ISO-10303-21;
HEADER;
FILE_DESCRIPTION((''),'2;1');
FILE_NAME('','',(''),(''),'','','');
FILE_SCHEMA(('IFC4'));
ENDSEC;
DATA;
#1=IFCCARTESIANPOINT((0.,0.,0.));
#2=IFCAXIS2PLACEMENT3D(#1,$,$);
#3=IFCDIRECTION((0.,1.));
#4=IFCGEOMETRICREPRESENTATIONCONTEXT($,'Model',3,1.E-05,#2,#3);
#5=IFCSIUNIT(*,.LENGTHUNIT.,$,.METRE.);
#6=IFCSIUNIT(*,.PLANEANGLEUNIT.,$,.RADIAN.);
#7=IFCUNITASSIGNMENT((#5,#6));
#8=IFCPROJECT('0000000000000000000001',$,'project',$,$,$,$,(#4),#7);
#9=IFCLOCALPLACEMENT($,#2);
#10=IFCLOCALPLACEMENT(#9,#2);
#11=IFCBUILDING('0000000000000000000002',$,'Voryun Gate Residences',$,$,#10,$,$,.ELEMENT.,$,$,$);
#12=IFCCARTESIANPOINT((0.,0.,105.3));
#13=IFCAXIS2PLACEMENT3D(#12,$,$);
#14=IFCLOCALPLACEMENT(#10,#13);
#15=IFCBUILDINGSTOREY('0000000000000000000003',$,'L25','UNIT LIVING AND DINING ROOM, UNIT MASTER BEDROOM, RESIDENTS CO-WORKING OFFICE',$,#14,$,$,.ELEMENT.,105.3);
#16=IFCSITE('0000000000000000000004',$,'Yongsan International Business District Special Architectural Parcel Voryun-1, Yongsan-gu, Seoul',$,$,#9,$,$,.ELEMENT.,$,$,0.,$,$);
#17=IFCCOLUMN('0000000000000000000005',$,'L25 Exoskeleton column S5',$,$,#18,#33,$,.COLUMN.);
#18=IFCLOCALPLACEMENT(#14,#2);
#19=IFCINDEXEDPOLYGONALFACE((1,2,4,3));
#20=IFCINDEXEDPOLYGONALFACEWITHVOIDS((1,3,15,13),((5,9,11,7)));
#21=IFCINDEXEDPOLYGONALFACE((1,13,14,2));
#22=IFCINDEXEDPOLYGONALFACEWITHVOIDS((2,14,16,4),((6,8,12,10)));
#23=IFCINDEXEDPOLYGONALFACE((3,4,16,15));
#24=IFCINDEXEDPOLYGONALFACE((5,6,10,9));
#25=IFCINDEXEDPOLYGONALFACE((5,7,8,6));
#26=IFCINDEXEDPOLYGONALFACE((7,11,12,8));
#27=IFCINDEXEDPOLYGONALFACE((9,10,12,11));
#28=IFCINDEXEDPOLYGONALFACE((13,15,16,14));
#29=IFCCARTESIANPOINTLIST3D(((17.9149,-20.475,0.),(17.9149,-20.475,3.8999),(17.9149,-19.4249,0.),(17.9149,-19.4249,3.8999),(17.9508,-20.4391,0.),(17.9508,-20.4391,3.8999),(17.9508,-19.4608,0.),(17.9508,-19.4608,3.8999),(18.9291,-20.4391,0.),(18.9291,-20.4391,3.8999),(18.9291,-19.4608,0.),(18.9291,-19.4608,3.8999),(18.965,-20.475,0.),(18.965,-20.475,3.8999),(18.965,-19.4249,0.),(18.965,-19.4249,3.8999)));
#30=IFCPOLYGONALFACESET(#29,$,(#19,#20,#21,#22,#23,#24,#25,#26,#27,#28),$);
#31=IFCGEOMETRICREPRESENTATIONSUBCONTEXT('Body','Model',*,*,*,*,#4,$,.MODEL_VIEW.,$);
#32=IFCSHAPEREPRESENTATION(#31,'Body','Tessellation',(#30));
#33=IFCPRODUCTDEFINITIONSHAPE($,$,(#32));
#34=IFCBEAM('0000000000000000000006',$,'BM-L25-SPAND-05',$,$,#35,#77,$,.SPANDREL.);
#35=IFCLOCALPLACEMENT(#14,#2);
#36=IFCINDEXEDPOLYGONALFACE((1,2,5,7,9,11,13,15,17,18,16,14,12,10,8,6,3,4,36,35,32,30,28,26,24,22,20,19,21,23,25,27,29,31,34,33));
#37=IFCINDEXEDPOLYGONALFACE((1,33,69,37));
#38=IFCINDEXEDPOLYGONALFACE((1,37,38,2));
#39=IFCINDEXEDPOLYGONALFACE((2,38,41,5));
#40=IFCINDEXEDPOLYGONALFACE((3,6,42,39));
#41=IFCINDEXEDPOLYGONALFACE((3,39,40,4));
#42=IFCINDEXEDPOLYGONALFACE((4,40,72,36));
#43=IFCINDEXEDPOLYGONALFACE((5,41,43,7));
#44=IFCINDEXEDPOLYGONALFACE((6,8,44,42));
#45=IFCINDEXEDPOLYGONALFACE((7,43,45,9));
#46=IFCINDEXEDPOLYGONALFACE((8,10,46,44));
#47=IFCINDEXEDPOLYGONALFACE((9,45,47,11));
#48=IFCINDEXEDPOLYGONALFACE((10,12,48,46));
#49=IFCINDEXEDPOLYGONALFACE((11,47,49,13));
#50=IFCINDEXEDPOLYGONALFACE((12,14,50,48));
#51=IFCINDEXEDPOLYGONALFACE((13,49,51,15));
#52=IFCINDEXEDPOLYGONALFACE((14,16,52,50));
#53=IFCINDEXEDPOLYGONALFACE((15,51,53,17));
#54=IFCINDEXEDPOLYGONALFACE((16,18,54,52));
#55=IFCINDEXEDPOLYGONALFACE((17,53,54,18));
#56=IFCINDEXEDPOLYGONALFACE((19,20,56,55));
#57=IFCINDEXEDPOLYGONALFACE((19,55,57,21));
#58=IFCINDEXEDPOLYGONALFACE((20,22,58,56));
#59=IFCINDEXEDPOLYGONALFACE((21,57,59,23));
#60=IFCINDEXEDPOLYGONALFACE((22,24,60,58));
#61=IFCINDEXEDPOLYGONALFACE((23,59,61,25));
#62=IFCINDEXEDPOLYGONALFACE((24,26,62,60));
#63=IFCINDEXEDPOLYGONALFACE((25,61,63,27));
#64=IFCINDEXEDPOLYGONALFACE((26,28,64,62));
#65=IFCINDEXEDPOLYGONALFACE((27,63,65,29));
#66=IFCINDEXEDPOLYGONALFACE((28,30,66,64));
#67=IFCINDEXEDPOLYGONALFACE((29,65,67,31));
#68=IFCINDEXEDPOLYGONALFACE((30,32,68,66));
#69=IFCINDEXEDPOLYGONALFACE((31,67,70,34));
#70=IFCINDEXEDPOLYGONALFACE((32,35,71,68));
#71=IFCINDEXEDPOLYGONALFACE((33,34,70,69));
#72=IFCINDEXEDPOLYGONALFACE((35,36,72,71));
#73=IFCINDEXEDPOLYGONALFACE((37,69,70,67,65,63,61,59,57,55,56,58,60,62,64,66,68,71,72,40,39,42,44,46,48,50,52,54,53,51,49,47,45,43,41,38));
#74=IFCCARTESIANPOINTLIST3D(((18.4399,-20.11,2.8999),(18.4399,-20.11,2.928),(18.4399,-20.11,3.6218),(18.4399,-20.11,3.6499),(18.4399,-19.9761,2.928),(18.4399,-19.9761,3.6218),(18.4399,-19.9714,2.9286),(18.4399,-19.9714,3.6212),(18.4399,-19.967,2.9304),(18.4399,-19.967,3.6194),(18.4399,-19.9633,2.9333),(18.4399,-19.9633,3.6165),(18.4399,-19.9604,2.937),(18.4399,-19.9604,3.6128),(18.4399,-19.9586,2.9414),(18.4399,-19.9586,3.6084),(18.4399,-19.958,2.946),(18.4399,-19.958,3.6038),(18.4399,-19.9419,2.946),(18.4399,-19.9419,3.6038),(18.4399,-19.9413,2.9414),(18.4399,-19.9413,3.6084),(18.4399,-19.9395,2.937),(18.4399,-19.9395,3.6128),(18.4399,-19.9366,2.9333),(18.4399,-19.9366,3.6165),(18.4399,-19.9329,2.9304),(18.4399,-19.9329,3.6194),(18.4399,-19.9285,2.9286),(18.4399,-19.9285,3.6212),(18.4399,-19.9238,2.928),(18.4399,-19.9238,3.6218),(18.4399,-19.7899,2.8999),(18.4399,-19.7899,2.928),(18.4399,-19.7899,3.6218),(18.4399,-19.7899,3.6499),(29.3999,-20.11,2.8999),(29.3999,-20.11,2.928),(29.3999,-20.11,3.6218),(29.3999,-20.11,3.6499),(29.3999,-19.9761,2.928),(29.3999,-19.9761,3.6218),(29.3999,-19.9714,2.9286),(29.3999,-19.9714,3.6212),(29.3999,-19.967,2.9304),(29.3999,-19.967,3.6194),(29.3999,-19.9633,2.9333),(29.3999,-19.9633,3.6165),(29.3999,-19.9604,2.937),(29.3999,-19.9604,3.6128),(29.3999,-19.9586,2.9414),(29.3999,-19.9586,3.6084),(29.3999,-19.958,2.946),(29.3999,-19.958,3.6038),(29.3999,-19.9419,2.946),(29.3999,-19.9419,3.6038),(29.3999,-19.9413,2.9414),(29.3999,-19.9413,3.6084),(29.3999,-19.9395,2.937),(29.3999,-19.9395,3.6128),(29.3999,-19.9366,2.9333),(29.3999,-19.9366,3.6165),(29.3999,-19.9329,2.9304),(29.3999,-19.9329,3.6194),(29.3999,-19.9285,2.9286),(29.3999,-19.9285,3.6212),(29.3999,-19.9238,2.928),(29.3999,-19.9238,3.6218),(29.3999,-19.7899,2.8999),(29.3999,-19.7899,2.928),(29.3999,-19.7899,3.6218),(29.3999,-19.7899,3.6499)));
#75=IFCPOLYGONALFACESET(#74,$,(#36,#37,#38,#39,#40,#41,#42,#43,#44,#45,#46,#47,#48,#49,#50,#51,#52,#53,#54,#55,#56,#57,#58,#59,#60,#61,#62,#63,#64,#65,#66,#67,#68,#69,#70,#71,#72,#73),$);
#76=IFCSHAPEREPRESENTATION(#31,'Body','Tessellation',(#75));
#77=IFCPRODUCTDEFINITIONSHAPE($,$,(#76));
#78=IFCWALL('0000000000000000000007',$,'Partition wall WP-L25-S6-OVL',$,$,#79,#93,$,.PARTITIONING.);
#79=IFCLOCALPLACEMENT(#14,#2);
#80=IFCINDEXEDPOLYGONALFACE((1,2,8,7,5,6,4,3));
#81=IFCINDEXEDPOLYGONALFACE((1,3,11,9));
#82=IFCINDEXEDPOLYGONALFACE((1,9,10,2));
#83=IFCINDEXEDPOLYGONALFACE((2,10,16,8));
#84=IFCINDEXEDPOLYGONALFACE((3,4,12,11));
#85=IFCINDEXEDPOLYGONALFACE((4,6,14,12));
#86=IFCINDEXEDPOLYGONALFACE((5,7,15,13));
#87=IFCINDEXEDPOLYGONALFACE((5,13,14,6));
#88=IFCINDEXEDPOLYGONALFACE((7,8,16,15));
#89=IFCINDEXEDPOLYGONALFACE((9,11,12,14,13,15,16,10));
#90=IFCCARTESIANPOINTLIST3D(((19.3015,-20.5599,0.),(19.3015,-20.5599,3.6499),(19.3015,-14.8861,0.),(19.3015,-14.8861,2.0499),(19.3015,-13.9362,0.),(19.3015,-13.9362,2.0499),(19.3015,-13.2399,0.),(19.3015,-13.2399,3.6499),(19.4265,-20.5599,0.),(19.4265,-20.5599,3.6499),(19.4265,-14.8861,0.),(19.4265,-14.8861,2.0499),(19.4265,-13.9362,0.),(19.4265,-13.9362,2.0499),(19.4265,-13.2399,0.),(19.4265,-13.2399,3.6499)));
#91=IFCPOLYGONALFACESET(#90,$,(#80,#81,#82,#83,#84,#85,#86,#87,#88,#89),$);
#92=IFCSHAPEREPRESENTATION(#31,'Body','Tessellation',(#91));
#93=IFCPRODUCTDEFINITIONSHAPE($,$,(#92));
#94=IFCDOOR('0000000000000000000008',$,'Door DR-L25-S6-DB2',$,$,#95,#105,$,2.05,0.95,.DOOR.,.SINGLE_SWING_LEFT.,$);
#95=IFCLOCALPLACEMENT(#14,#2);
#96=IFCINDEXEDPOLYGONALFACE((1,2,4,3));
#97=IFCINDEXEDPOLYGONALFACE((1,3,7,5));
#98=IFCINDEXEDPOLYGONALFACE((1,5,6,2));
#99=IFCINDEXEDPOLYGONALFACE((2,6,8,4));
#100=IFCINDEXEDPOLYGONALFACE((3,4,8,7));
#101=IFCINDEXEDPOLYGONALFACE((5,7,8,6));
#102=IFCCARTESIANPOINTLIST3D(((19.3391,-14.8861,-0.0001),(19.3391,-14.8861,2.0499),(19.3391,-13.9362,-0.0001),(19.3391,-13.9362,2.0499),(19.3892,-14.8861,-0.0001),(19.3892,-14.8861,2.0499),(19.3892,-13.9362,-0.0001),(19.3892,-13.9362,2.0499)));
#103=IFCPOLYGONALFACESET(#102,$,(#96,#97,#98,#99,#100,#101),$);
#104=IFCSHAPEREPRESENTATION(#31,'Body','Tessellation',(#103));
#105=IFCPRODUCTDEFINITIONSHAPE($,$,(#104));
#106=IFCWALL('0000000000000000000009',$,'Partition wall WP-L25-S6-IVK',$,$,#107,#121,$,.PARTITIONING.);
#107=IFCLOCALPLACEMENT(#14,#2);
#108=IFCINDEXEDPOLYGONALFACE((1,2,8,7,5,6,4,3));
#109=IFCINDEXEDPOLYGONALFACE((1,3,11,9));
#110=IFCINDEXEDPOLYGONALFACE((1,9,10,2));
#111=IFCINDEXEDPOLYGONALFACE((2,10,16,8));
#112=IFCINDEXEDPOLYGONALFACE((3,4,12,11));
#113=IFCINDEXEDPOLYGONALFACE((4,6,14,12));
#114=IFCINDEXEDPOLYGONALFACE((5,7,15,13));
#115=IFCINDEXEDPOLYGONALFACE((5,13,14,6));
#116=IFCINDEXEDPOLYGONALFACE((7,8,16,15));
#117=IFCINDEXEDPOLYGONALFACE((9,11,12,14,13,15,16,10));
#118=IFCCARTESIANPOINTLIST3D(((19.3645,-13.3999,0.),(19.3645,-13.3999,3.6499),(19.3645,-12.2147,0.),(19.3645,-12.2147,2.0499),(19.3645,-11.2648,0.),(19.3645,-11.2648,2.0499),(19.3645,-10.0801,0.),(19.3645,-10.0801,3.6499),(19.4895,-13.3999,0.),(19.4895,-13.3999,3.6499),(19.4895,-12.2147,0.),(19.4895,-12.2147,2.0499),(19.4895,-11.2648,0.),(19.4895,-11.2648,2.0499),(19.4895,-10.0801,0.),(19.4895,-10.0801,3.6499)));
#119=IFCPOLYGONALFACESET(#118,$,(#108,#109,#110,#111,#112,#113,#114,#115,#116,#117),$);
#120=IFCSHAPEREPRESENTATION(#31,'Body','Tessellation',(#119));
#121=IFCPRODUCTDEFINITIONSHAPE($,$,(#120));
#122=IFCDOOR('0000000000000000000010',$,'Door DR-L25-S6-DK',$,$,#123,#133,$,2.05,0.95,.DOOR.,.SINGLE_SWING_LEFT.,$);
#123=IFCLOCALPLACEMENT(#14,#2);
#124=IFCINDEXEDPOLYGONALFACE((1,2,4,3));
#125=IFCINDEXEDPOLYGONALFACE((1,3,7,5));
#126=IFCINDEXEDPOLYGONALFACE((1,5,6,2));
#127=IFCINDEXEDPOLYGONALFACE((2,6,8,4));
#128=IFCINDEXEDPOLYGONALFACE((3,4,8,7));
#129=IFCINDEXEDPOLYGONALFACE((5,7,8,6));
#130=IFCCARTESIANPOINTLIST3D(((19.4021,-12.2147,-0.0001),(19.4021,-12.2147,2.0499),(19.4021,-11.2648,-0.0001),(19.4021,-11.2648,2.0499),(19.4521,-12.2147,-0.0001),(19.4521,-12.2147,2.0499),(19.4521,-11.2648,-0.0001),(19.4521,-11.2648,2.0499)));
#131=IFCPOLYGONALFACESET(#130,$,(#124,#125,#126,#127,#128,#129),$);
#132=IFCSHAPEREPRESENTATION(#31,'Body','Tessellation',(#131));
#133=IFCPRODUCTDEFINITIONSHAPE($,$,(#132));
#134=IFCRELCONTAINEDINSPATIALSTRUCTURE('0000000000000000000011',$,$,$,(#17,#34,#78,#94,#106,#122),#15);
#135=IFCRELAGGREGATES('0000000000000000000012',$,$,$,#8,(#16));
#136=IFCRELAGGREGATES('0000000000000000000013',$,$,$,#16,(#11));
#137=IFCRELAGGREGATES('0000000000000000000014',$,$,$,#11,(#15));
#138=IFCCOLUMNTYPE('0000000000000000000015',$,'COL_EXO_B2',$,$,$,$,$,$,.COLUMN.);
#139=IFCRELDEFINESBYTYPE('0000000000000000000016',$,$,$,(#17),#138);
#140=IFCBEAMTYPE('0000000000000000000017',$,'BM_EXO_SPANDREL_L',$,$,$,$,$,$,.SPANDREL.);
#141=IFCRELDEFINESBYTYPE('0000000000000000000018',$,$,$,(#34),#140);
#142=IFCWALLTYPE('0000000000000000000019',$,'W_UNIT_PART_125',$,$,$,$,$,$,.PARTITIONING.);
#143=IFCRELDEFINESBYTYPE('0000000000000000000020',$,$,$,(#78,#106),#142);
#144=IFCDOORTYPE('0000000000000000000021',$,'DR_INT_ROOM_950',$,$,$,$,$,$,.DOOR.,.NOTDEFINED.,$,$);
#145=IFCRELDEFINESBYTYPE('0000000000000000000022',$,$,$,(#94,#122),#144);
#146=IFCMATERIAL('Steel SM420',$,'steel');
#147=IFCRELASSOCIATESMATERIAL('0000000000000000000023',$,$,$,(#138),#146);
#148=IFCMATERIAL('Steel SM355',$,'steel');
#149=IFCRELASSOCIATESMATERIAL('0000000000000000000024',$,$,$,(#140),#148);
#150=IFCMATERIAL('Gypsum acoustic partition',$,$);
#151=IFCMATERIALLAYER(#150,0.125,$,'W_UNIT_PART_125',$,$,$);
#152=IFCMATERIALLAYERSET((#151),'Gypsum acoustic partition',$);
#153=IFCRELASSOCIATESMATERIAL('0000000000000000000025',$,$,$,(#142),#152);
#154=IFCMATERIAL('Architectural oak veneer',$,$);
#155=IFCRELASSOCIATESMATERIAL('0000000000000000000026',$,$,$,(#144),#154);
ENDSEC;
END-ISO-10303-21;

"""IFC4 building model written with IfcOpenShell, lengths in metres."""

from ifc_helpers import new_model, si_unit, direction, frame, frame_2d, origin, origin_2d, place, context, subcontext, project, spatial, rectangle, hollow_rectangle, i_section, extrude, material, layer, layer_set, material_profile, profile_set, type_object, element, fill, save


model = new_model("IFC4")

# Units and contexts
model_context = context("Model", 3, precision=1e-05, world=origin(), true_north=direction((0.0, 1.0)))
body_context = subcontext(model_context, "Body", "Model", "MODEL_VIEW")
ifc_project = project(units=[si_unit("LENGTHUNIT", "METRE"), si_unit("PLANEANGLEUNIT", "RADIAN")], contexts=[model_context])

# Site, building, storey
site_placement = place(None, origin())
site = spatial("IfcSite", under=ifc_project, at=site_placement, Name="Yongsan International Business District Special Architectural Parcel Voryun-1, Yongsan-gu, Seoul", CompositionType="ELEMENT", RefElevation=0.0)
building_placement = place(site_placement, origin())
building = spatial("IfcBuilding", under=site, at=building_placement, Name="Voryun Gate Residences", CompositionType="ELEMENT")
storey_placement = place(building_placement, frame((0.0, 0.0, 105.3)))
storey = spatial("IfcBuildingStorey", under=building, at=storey_placement, Name="L25", Description="UNIT LIVING AND DINING ROOM, UNIT MASTER BEDROOM, RESIDENTS CO-WORKING OFFICE", CompositionType="ELEMENT", Elevation=105.3)

# Column
ifc_material_1 = material(Name="Steel SM420", Category="steel")
ifc_material_profile_1 = material_profile(ifc_material_1, hollow_rectangle(XDim=1.05, YDim=1.05, WallThickness=0.0359, at=origin_2d()), Name="BOX-1050x1050x36")
ifc_profile_set_1 = profile_set([ifc_material_profile_1], Name="Steel SM420")
column_type = type_object("IfcColumnType", Name="COL_EXO_B2", PredefinedType="COLUMN", material=ifc_profile_set_1)
column_placement = place(storey_placement, frame((18.4399, -19.95, 0.0), z_axis=(0.0, 0.0, 1.0), x_axis=(1.0, 0.0, 0.0)))
element("IfcColumn", 1, at=column_placement, inside=storey, type_object=column_type, Name="L25 Exoskeleton column S5", PredefinedType="COLUMN", context=body_context, shape_type="SweptSolid", body=[
    extrude(hollow_rectangle(XDim=1.05, YDim=1.05, WallThickness=0.0359, at=origin_2d()), origin(), (0.0, 0.0, 1.0), 3.8999),
])

# Beam
ifc_material_2 = material(Name="Steel SM355", Category="steel")
ifc_material_profile_2 = material_profile(ifc_material_2, i_section(OverallWidth=0.3201, OverallDepth=0.75, WebThickness=0.0161, FlangeThickness=0.0281, FilletRadius=0.0181, at=origin_2d()), Name="H-750x320x16x28")
ifc_profile_set_2 = profile_set([ifc_material_profile_2], Name="Steel SM355")
beam_type = type_object("IfcBeamType", Name="BM_EXO_SPANDREL_L", PredefinedType="SPANDREL", material=ifc_profile_set_2)
beam_placement = place(storey_placement, frame((18.4399, -19.95, 3.2749), z_axis=(1.0, 0.0, 0.0), x_axis=(0.0, 1.0, 0.0)))
element("IfcBeam", 2, at=beam_placement, inside=storey, type_object=beam_type, Name="BM-L25-SPAND-05", PredefinedType="SPANDREL", context=body_context, shape_type="SweptSolid", body=[
    extrude(i_section(OverallWidth=0.3201, OverallDepth=0.75, WebThickness=0.0161, FlangeThickness=0.0281, FilletRadius=0.0181, at=origin_2d()), origin(), (0.0, 0.0, 1.0), 10.96),
])

# Walls, openings, doors
ifc_material_3 = material(Name="Gypsum acoustic partition")
ifc_layer = layer(ifc_material_3, 0.125, Name="W_UNIT_PART_125")
ifc_layer_set = layer_set([ifc_layer], Name="Gypsum acoustic partition")
wall_type = type_object("IfcWallType", Name="W_UNIT_PART_125", PredefinedType="PARTITIONING", material=ifc_layer_set)
wall_1_placement = place(storey_placement, frame((19.364, -20.5601, 0.0), z_axis=(0.0, 0.0, 1.0), x_axis=(0.0, 1.0, 0.0)))
wall_1 = element("IfcWall", 3, at=wall_1_placement, inside=storey, type_object=wall_type, Name="Partition wall WP-L25-S6-OVL", PredefinedType="PARTITIONING", context=body_context, shape_type="SweptSolid", body=[
    extrude(rectangle(XDim=7.3201, YDim=0.125, at=frame_2d((3.6602, 0.0))), origin(), (0.0, 0.0, 1.0), 3.6499),
])
opening_1_placement = place(wall_1_placement, frame((5.6738, 0.0, 0.0)))
opening_1 = element("IfcOpeningElement", 4, at=opening_1_placement, cuts=wall_1, PredefinedType="OPENING", context=body_context, shape_type="SweptSolid", body=[
    extrude(rectangle(XDim=0.95, YDim=2.05, at=frame_2d((0.4751, 1.0249))), frame((0.0, 0.0725, 0.0), z_axis=(0.0, -1.0, 0.0), x_axis=(1.0, 0.0, 0.0)), (0.0, 0.0, 1.0), 0.145),
])
ifc_material_4 = material(Name="Architectural oak veneer")
door_type = type_object("IfcDoorType", Name="DR_INT_ROOM_950", OperationType="NOTDEFINED", PredefinedType="DOOR", material=ifc_material_4)
door_1_placement = place(opening_1_placement, origin())
door_1 = element("IfcDoor", 5, at=door_1_placement, inside=storey, type_object=door_type, Name="Door DR-L25-S6-DB2", OperationType="SINGLE_SWING_LEFT", OverallHeight=2.05, OverallWidth=0.95, PredefinedType="DOOR", context=body_context, shape_type="SweptSolid", body=[
    extrude(rectangle(XDim=0.95, YDim=2.05, at=frame_2d((0.4751, 1.0249))), frame((0.0, 0.0249, 0.0), z_axis=(0.0, -1.0, 0.0), x_axis=(1.0, 0.0, 0.0)), (0.0, 0.0, 1.0), 0.05),
])
fill(opening_1, door_1)
wall_2_placement = place(storey_placement, frame((19.427, -13.3999, 0.0), z_axis=(0.0, 0.0, 1.0), x_axis=(0.0, 1.0, 0.0)))
wall_2 = element("IfcWall", 6, at=wall_2_placement, inside=storey, type_object=wall_type, Name="Partition wall WP-L25-S6-IVK", PredefinedType="PARTITIONING", context=body_context, shape_type="SweptSolid", body=[
    extrude(rectangle(XDim=3.3198, YDim=0.125, at=frame_2d((1.6599, 0.0))), origin(), (0.0, 0.0, 1.0), 3.6499),
])
opening_2_placement = place(wall_2_placement, frame((1.1851, 0.0, 0.0)))
opening_2 = element("IfcOpeningElement", 7, at=opening_2_placement, cuts=wall_2, PredefinedType="OPENING", context=body_context, shape_type="SweptSolid", body=[
    extrude(rectangle(XDim=0.95, YDim=2.05, at=frame_2d((0.4751, 1.0249))), frame((0.0, 0.0725, 0.0), z_axis=(0.0, -1.0, 0.0), x_axis=(1.0, 0.0, 0.0)), (0.0, 0.0, 1.0), 0.145),
])
door_2_placement = place(opening_2_placement, origin())
door_2 = element("IfcDoor", 8, at=door_2_placement, inside=storey, type_object=door_type, Name="Door DR-L25-S6-DK", OperationType="SINGLE_SWING_LEFT", OverallHeight=2.05, OverallWidth=0.95, PredefinedType="DOOR", context=body_context, shape_type="SweptSolid", body=[
    extrude(rectangle(XDim=0.95, YDim=2.05, at=frame_2d((0.4751, 1.0249))), frame((0.0, 0.0249, 0.0), z_axis=(0.0, -1.0, 0.0), x_axis=(1.0, 0.0, 0.0)), (0.0, 0.0, 1.0), 0.05),
])
fill(opening_2, door_2)

save(model, "model.ifc")
